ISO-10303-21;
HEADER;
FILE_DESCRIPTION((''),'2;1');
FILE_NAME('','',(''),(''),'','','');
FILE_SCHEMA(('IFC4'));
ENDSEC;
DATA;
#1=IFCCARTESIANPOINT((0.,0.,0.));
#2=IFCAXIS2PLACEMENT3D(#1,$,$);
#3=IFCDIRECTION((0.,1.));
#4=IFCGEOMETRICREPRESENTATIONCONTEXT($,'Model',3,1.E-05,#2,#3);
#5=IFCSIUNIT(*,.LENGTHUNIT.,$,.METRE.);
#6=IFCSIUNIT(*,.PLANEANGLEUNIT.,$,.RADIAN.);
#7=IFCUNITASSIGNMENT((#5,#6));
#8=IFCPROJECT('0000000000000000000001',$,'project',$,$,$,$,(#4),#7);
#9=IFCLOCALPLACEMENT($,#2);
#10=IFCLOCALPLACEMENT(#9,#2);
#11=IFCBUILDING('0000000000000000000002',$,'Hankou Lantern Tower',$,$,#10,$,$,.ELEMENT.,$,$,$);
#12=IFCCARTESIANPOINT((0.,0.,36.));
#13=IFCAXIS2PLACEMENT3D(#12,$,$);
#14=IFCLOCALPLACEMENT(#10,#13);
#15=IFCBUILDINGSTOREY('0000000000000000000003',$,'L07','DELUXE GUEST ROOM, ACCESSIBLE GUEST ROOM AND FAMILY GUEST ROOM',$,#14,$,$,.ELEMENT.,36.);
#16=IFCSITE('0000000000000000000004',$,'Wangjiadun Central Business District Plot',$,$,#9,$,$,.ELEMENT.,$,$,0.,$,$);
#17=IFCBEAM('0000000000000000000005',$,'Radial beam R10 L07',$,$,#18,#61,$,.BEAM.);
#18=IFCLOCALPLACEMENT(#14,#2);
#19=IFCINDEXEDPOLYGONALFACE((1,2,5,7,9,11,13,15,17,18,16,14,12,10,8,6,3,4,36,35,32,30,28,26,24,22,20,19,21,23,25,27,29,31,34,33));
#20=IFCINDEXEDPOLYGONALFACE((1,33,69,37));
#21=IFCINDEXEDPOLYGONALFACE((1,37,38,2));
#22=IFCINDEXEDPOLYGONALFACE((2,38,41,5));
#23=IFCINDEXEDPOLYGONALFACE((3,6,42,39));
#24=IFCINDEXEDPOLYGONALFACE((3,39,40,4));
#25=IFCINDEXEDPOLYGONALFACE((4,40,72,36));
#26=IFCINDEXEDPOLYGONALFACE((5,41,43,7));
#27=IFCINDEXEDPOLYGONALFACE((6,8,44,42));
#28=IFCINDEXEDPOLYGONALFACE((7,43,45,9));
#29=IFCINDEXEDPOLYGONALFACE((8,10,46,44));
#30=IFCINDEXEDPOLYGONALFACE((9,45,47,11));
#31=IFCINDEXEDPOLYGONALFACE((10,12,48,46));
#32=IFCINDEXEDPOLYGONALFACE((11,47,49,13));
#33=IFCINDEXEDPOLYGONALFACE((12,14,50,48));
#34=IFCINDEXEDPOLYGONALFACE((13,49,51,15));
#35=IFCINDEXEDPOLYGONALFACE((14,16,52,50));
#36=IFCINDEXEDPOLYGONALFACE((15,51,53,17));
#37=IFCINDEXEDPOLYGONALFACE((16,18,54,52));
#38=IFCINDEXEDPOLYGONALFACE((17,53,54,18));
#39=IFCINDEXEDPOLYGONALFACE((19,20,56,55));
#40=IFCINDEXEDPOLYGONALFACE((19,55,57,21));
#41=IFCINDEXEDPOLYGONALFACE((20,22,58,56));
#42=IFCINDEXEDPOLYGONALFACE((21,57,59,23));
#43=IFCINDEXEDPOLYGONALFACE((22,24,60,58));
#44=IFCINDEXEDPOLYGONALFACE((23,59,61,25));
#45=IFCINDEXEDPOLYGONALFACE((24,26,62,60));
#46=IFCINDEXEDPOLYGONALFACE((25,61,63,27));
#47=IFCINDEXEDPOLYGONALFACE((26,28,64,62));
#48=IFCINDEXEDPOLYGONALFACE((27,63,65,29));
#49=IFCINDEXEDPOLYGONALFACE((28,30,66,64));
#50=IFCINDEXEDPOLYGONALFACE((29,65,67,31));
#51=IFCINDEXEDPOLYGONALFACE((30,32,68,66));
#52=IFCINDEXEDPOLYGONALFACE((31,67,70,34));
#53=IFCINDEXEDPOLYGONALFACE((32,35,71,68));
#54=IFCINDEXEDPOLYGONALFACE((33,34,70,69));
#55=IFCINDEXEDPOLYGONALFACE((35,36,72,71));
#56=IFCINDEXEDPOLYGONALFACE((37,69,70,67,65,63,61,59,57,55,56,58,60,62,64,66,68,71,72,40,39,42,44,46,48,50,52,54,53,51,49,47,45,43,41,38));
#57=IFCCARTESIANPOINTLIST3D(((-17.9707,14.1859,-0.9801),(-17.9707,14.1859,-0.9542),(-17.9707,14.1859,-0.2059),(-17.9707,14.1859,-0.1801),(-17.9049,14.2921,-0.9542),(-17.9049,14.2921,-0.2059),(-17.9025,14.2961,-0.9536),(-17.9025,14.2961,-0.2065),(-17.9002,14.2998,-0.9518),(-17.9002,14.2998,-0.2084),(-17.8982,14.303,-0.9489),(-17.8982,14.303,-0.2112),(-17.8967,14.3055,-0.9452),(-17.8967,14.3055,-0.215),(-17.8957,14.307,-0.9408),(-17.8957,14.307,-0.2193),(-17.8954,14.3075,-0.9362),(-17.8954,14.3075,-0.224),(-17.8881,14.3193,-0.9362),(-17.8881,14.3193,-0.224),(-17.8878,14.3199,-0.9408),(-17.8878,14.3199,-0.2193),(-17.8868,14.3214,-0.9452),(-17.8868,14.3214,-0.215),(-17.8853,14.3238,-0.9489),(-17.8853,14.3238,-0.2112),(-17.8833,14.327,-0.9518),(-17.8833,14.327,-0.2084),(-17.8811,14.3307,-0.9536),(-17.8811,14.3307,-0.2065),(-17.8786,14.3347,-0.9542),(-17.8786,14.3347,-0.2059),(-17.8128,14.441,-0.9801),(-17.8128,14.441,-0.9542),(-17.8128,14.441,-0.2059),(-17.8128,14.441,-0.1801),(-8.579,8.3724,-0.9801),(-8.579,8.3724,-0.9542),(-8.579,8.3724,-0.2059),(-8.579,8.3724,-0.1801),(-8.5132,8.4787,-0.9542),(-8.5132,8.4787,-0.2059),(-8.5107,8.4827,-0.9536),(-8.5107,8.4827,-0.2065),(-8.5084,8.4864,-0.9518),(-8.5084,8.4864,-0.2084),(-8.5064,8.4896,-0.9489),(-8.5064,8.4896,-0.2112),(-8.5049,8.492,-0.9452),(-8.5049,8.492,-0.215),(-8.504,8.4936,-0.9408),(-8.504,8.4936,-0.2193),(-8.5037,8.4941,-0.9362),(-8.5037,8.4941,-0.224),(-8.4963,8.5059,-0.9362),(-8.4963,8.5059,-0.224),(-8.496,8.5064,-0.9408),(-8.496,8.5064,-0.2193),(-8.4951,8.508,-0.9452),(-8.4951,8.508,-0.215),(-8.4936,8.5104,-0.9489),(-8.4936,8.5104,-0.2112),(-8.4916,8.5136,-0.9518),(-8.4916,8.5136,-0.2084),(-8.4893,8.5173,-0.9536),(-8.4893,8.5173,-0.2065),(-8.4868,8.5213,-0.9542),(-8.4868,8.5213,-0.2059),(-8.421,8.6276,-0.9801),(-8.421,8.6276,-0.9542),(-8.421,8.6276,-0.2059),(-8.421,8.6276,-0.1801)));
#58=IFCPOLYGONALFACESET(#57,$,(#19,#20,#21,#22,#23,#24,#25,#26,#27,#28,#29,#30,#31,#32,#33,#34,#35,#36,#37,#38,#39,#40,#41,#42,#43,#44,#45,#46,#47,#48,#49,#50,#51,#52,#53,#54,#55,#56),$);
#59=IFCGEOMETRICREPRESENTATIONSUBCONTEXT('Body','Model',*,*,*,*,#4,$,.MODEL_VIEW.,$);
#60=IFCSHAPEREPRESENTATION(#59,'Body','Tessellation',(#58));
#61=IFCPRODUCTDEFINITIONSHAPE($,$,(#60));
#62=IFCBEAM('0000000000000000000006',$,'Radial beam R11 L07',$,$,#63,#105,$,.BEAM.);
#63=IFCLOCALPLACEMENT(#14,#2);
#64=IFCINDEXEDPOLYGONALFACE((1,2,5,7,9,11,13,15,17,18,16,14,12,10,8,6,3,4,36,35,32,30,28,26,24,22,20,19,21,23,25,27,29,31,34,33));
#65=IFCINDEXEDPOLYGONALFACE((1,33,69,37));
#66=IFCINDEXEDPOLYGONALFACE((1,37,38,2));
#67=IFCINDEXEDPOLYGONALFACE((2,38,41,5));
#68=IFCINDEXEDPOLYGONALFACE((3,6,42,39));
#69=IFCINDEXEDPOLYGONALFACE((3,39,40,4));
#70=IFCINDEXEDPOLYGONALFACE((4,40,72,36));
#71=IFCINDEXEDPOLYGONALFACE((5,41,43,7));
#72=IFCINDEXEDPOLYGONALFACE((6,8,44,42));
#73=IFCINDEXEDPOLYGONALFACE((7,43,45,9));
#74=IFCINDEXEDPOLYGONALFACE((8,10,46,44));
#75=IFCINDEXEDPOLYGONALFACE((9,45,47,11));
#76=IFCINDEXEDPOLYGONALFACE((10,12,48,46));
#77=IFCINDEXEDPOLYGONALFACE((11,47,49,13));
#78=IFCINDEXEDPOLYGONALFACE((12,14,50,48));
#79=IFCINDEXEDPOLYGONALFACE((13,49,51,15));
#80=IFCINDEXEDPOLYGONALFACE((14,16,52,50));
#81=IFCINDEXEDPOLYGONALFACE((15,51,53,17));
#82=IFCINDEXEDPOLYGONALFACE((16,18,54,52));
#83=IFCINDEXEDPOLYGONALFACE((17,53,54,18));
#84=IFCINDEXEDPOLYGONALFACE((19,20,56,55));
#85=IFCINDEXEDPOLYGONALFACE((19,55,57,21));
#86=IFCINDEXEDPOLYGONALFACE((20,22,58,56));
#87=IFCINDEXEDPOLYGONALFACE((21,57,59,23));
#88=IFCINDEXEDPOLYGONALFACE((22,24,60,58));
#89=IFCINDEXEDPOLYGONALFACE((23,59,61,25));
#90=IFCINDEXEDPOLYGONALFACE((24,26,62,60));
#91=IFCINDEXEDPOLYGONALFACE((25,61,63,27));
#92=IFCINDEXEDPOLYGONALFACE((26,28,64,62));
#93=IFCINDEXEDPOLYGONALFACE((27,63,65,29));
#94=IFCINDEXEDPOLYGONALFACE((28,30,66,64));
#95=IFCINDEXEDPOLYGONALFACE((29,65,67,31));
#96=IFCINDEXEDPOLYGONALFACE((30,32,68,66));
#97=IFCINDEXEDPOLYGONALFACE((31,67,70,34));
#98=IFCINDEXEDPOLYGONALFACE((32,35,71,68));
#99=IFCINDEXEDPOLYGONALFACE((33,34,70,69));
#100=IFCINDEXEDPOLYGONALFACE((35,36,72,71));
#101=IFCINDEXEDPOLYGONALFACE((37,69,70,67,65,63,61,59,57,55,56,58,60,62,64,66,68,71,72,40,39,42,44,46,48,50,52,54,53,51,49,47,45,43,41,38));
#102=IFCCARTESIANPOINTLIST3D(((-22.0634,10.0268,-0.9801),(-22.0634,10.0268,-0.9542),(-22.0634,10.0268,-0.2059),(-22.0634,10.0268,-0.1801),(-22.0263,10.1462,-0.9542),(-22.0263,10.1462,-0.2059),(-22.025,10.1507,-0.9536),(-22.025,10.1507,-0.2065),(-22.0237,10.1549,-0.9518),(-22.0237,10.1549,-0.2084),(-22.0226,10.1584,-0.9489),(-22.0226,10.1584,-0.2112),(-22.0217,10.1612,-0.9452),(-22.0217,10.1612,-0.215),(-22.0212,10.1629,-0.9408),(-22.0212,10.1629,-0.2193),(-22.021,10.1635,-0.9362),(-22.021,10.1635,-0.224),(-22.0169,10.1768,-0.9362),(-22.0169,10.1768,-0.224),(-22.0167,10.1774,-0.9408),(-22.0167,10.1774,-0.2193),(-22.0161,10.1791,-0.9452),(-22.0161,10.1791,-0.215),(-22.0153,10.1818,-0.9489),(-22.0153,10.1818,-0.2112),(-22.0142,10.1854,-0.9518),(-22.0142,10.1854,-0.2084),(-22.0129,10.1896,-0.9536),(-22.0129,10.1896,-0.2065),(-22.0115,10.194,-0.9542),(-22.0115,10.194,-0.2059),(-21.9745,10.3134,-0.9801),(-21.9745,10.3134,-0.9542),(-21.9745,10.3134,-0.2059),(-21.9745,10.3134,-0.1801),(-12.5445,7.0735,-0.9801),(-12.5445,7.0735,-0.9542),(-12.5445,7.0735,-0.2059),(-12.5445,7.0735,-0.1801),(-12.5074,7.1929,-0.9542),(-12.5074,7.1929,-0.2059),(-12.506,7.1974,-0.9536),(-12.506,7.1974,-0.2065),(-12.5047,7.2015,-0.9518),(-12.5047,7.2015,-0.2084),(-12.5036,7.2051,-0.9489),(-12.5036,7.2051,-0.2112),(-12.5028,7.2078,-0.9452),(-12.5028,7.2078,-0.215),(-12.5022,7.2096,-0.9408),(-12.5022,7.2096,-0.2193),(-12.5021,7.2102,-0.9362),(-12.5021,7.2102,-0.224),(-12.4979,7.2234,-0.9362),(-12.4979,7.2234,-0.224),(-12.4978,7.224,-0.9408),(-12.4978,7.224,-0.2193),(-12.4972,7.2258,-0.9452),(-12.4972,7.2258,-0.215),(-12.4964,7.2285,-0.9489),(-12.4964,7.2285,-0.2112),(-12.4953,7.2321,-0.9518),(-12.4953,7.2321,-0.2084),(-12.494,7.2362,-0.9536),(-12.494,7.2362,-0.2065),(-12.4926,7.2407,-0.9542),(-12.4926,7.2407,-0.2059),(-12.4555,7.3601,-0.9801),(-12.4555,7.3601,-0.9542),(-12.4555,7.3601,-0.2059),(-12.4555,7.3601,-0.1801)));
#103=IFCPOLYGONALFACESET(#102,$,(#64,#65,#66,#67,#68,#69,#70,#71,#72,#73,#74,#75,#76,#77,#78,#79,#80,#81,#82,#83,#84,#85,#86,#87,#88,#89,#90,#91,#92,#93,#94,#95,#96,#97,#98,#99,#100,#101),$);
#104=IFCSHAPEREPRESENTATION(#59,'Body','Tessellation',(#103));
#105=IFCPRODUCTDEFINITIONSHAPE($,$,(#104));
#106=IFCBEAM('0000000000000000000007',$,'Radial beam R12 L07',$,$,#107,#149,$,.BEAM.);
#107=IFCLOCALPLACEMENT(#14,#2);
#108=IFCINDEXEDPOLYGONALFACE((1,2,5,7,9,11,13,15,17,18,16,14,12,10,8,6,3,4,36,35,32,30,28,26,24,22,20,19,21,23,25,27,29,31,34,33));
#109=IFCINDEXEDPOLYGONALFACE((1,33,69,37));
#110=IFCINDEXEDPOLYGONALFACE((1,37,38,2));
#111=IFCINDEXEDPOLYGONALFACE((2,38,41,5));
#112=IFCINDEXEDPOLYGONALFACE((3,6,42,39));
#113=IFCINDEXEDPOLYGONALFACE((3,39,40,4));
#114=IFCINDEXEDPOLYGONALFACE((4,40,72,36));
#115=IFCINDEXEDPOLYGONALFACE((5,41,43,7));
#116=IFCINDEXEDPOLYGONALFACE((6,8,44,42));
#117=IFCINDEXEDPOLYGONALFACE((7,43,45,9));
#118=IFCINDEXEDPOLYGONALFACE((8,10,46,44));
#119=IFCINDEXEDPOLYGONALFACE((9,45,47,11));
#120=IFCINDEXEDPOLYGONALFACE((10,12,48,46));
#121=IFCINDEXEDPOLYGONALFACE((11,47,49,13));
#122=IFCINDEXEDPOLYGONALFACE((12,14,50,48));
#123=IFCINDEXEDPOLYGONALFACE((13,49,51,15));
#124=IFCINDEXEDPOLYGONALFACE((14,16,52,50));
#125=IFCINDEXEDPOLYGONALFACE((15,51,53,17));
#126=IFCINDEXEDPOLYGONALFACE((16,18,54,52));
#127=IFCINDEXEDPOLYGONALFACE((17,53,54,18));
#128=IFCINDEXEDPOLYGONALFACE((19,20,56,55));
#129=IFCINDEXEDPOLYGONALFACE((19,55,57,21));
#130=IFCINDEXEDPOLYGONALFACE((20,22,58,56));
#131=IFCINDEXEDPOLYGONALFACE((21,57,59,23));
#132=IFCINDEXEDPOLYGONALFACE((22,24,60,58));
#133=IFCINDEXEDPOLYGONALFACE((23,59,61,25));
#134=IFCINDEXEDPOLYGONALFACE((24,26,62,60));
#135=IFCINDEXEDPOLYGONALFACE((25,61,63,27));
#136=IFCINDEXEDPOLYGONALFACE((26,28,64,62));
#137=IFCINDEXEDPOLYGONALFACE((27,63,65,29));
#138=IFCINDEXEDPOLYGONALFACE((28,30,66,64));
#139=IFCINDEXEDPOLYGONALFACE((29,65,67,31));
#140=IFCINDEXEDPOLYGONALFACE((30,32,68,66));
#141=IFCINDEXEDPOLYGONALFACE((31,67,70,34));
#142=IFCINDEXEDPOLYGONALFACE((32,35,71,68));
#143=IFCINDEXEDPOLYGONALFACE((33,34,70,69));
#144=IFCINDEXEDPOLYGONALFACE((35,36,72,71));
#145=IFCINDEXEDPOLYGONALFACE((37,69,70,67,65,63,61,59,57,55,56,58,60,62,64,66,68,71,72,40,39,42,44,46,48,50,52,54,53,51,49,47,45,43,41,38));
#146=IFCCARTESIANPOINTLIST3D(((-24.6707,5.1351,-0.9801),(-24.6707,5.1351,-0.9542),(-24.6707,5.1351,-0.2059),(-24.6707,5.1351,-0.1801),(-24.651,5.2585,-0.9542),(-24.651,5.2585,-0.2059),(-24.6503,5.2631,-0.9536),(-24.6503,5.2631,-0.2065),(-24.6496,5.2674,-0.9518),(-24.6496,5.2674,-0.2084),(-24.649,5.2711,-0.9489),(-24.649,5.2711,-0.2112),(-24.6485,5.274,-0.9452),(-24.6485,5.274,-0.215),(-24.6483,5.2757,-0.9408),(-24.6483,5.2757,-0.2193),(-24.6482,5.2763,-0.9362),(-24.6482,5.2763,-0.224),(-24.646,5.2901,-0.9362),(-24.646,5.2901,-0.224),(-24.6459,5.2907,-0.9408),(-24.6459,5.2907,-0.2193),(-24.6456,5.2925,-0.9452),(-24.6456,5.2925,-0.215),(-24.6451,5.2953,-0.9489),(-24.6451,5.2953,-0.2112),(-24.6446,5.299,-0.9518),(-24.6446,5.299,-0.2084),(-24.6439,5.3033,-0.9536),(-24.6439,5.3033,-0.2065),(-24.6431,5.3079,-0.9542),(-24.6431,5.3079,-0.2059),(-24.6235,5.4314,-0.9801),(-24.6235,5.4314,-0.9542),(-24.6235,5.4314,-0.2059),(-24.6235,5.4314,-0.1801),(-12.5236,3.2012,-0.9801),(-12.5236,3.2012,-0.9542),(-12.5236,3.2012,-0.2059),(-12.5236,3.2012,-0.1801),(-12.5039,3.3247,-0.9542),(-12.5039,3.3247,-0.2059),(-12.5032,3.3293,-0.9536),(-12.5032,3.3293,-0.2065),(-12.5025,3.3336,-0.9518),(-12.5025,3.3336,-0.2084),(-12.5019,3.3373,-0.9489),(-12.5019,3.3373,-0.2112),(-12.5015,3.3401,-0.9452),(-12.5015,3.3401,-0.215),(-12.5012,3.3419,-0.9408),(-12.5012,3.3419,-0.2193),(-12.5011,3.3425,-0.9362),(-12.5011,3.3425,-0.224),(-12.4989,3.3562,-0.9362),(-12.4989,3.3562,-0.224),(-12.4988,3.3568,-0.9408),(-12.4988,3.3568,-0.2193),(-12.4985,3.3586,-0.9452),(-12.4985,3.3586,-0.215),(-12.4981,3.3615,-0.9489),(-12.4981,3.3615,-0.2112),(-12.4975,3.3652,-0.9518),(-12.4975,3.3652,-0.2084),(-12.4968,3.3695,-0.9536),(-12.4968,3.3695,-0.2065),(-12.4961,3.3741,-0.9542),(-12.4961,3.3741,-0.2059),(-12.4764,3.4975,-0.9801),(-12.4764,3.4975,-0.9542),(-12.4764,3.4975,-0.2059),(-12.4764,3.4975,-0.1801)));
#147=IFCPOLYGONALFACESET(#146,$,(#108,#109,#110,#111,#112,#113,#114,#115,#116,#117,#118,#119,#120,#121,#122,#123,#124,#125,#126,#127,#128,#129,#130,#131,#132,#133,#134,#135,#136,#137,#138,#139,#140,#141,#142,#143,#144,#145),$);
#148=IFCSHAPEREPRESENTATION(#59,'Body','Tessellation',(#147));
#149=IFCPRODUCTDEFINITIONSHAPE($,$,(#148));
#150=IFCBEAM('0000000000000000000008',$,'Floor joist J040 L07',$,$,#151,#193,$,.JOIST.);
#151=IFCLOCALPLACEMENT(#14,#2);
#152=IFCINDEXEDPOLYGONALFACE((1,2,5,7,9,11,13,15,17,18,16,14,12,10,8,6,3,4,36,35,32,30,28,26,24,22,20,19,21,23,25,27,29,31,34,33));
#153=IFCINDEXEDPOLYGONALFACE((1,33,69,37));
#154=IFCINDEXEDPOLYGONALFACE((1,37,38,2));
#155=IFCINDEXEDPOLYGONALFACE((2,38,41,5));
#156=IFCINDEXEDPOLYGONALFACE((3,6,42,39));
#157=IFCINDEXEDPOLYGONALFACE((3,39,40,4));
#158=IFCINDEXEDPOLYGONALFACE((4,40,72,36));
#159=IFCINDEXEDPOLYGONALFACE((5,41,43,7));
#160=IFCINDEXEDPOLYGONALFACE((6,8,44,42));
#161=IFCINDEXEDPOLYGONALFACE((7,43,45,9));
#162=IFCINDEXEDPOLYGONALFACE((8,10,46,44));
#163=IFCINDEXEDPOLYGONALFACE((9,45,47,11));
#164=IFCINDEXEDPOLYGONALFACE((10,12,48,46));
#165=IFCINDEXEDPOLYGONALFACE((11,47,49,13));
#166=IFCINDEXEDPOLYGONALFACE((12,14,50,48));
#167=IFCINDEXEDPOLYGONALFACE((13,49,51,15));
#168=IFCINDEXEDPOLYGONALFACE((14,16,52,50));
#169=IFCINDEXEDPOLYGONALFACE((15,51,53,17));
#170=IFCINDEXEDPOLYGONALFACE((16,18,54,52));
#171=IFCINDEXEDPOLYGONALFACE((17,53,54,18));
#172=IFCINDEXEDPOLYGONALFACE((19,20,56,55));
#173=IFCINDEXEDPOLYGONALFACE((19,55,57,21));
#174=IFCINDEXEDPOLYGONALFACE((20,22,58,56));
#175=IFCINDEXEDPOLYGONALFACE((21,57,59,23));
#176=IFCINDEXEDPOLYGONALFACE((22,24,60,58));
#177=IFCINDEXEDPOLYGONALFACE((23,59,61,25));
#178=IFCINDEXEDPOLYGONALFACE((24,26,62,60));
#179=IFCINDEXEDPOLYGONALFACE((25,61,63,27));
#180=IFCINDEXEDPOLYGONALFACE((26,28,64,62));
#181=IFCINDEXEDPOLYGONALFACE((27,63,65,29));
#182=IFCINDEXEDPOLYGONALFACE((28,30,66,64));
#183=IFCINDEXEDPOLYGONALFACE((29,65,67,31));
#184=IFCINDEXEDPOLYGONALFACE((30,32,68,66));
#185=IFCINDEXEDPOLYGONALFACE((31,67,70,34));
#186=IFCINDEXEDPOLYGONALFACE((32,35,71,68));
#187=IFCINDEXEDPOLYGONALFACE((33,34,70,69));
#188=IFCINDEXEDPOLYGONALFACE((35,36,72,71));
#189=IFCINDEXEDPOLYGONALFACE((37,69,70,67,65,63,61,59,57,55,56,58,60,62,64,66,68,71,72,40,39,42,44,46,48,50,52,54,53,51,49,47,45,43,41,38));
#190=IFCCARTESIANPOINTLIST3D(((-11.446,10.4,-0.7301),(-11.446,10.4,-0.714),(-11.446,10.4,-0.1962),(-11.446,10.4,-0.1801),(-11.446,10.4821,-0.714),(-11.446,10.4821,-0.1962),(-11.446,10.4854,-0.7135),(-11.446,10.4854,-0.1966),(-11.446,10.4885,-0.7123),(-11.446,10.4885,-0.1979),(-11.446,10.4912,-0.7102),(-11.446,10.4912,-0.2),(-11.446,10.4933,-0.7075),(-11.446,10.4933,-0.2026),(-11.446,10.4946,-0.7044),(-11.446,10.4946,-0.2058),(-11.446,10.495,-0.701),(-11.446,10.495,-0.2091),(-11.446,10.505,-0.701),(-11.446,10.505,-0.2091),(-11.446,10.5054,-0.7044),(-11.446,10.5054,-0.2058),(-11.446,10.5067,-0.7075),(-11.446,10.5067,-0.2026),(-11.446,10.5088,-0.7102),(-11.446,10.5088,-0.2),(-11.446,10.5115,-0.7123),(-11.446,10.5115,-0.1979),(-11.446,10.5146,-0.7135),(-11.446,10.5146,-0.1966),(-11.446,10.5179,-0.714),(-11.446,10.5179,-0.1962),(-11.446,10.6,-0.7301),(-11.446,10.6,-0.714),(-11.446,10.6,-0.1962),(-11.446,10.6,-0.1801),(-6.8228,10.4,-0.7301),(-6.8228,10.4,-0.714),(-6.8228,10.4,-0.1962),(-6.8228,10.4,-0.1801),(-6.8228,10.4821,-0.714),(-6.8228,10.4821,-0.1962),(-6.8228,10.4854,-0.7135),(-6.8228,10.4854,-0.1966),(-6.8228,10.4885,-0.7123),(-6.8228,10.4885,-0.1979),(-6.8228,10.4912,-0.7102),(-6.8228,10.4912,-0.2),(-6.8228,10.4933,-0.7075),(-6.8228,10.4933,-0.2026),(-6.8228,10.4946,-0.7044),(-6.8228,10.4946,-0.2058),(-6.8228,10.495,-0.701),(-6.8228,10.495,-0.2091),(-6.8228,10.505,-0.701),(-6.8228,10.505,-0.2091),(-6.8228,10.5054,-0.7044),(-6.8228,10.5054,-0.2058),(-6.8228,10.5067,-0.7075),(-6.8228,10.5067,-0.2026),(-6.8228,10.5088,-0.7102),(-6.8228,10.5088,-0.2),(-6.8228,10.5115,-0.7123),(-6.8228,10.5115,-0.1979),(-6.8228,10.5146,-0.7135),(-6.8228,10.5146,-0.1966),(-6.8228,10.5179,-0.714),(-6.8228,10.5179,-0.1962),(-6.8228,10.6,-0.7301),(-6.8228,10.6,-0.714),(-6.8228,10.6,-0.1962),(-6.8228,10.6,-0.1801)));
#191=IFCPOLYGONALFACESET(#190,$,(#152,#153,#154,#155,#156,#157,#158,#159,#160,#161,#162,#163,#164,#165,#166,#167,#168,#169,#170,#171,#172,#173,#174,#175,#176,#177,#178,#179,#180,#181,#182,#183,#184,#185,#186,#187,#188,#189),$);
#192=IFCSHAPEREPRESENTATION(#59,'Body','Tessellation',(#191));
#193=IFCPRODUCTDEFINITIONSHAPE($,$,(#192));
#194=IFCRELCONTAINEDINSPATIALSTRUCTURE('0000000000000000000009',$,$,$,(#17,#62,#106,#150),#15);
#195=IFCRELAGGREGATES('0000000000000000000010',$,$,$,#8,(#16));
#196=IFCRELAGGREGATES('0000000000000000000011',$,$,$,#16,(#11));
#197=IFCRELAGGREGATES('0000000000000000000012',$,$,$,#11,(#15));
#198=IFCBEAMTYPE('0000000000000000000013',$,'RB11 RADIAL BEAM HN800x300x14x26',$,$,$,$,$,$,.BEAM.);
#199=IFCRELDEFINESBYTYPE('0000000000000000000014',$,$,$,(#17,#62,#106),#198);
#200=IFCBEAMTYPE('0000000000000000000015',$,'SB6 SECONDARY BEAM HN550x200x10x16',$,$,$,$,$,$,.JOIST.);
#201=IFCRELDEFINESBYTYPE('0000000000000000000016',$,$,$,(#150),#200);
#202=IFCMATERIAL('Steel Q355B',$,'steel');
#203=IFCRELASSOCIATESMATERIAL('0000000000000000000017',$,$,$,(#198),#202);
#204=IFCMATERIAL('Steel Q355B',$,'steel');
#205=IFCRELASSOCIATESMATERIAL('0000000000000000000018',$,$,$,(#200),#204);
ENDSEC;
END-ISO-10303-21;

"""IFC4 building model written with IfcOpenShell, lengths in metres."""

from ifc_helpers import new_model, si_unit, direction, frame, origin, origin_2d, place, context, subcontext, project, spatial, i_section, extrude, material, material_profile, profile_set, type_object, element, save


model = new_model("IFC4")

# Units and contexts
model_context = context("Model", 3, precision=1e-05, world=origin(), true_north=direction((0.0, 1.0)))
body_context = subcontext(model_context, "Body", "Model", "MODEL_VIEW")
ifc_project = project(units=[si_unit("LENGTHUNIT", "METRE"), si_unit("PLANEANGLEUNIT", "RADIAN")], contexts=[model_context])

# Site, building, storey
site_placement = place(None, origin())
site = spatial("IfcSite", under=ifc_project, at=site_placement, Name="Wangjiadun Central Business District Plot", CompositionType="ELEMENT", RefElevation=0.0)
building_placement = place(site_placement, origin())
building = spatial("IfcBuilding", under=site, at=building_placement, Name="Hankou Lantern Tower", CompositionType="ELEMENT")
storey_placement = place(building_placement, frame((0.0, 0.0, 36.0)))
storey = spatial("IfcBuildingStorey", under=building, at=storey_placement, Name="L07", Description="DELUXE GUEST ROOM, ACCESSIBLE GUEST ROOM AND FAMILY GUEST ROOM", CompositionType="ELEMENT", Elevation=36.0)

# Beams
ifc_material_1 = material(Name="Steel Q355B", Category="steel")
ifc_material_profile_1 = material_profile(ifc_material_1, i_section(OverallWidth=0.3, OverallDepth=0.8, WebThickness=0.0139, FlangeThickness=0.0259, FilletRadius=0.0181, at=origin_2d()), Name="HN800x300x14x26")
ifc_profile_set_1 = profile_set([ifc_material_profile_1], Name="Steel Q355B")
beam_type_1 = type_object("IfcBeamType", Name="RB11 RADIAL BEAM HN800x300x14x26", PredefinedType="BEAM", material=ifc_profile_set_1)
beam_1_placement = place(storey_placement, frame((-8.5, 8.5, -0.5801), z_axis=(-0.850286, 0.52632, 0.0), x_axis=(-0.52632, -0.850286, 0.0)))
element("IfcBeam", 1, at=beam_1_placement, inside=storey, type_object=beam_type_1, Name="Radial beam R10 L07", PredefinedType="BEAM", context=body_context, shape_type="SweptSolid", body=[
    extrude(i_section(OverallWidth=0.3, OverallDepth=0.8, WebThickness=0.0139, FlangeThickness=0.0259, FilletRadius=0.0181, at=origin_2d()), origin(), (0.0, 0.0, 1.0), 11.0454),
])
beam_2_placement = place(storey_placement, frame((-12.5, 7.2168, -0.5801), z_axis=(-0.955087, 0.296324, 0.0), x_axis=(-0.296324, -0.955087, 0.0)))
element("IfcBeam", 2, at=beam_2_placement, inside=storey, type_object=beam_type_1, Name="Radial beam R11 L07", PredefinedType="BEAM", context=body_context, shape_type="SweptSolid", body=[
    extrude(i_section(OverallWidth=0.3, OverallDepth=0.8, WebThickness=0.0139, FlangeThickness=0.0259, FilletRadius=0.0181, at=origin_2d()), origin(), (0.0, 0.0, 1.0), 9.9666),
])
beam_3_placement = place(storey_placement, frame((-12.5, 3.3494, -0.5801), z_axis=(-0.987563, 0.157223, 0.0), x_axis=(-0.157223, -0.987563, 0.0)))
element("IfcBeam", 3, at=beam_3_placement, inside=storey, type_object=beam_type_1, Name="Radial beam R12 L07", PredefinedType="BEAM", context=body_context, shape_type="SweptSolid", body=[
    extrude(i_section(OverallWidth=0.3, OverallDepth=0.8, WebThickness=0.0139, FlangeThickness=0.0259, FilletRadius=0.0181, at=origin_2d()), origin(), (0.0, 0.0, 1.0), 12.3),
])
ifc_material_2 = material(Name="Steel Q355B", Category="steel")
ifc_material_profile_2 = material_profile(ifc_material_2, i_section(OverallWidth=0.2, OverallDepth=0.55, WebThickness=0.01, FlangeThickness=0.0161, FilletRadius=0.0129, at=origin_2d()), Name="HN550x200x10x16")
ifc_profile_set_2 = profile_set([ifc_material_profile_2], Name="Steel Q355B")
beam_type_2 = type_object("IfcBeamType", Name="SB6 SECONDARY BEAM HN550x200x10x16", PredefinedType="JOIST", material=ifc_profile_set_2)
beam_4_placement = place(storey_placement, frame((-11.446, 10.5, -0.4551), z_axis=(1.0, 0.0, 0.0), x_axis=(0.0, 1.0, 0.0)))
element("IfcBeam", 4, at=beam_4_placement, inside=storey, type_object=beam_type_2, Name="Floor joist J040 L07", PredefinedType="JOIST", context=body_context, shape_type="SweptSolid", body=[
    extrude(i_section(OverallWidth=0.2, OverallDepth=0.55, WebThickness=0.01, FlangeThickness=0.0161, FilletRadius=0.0129, at=origin_2d()), origin(), (0.0, 0.0, 1.0), 4.6233),
])

save(model, "model.ifc")
